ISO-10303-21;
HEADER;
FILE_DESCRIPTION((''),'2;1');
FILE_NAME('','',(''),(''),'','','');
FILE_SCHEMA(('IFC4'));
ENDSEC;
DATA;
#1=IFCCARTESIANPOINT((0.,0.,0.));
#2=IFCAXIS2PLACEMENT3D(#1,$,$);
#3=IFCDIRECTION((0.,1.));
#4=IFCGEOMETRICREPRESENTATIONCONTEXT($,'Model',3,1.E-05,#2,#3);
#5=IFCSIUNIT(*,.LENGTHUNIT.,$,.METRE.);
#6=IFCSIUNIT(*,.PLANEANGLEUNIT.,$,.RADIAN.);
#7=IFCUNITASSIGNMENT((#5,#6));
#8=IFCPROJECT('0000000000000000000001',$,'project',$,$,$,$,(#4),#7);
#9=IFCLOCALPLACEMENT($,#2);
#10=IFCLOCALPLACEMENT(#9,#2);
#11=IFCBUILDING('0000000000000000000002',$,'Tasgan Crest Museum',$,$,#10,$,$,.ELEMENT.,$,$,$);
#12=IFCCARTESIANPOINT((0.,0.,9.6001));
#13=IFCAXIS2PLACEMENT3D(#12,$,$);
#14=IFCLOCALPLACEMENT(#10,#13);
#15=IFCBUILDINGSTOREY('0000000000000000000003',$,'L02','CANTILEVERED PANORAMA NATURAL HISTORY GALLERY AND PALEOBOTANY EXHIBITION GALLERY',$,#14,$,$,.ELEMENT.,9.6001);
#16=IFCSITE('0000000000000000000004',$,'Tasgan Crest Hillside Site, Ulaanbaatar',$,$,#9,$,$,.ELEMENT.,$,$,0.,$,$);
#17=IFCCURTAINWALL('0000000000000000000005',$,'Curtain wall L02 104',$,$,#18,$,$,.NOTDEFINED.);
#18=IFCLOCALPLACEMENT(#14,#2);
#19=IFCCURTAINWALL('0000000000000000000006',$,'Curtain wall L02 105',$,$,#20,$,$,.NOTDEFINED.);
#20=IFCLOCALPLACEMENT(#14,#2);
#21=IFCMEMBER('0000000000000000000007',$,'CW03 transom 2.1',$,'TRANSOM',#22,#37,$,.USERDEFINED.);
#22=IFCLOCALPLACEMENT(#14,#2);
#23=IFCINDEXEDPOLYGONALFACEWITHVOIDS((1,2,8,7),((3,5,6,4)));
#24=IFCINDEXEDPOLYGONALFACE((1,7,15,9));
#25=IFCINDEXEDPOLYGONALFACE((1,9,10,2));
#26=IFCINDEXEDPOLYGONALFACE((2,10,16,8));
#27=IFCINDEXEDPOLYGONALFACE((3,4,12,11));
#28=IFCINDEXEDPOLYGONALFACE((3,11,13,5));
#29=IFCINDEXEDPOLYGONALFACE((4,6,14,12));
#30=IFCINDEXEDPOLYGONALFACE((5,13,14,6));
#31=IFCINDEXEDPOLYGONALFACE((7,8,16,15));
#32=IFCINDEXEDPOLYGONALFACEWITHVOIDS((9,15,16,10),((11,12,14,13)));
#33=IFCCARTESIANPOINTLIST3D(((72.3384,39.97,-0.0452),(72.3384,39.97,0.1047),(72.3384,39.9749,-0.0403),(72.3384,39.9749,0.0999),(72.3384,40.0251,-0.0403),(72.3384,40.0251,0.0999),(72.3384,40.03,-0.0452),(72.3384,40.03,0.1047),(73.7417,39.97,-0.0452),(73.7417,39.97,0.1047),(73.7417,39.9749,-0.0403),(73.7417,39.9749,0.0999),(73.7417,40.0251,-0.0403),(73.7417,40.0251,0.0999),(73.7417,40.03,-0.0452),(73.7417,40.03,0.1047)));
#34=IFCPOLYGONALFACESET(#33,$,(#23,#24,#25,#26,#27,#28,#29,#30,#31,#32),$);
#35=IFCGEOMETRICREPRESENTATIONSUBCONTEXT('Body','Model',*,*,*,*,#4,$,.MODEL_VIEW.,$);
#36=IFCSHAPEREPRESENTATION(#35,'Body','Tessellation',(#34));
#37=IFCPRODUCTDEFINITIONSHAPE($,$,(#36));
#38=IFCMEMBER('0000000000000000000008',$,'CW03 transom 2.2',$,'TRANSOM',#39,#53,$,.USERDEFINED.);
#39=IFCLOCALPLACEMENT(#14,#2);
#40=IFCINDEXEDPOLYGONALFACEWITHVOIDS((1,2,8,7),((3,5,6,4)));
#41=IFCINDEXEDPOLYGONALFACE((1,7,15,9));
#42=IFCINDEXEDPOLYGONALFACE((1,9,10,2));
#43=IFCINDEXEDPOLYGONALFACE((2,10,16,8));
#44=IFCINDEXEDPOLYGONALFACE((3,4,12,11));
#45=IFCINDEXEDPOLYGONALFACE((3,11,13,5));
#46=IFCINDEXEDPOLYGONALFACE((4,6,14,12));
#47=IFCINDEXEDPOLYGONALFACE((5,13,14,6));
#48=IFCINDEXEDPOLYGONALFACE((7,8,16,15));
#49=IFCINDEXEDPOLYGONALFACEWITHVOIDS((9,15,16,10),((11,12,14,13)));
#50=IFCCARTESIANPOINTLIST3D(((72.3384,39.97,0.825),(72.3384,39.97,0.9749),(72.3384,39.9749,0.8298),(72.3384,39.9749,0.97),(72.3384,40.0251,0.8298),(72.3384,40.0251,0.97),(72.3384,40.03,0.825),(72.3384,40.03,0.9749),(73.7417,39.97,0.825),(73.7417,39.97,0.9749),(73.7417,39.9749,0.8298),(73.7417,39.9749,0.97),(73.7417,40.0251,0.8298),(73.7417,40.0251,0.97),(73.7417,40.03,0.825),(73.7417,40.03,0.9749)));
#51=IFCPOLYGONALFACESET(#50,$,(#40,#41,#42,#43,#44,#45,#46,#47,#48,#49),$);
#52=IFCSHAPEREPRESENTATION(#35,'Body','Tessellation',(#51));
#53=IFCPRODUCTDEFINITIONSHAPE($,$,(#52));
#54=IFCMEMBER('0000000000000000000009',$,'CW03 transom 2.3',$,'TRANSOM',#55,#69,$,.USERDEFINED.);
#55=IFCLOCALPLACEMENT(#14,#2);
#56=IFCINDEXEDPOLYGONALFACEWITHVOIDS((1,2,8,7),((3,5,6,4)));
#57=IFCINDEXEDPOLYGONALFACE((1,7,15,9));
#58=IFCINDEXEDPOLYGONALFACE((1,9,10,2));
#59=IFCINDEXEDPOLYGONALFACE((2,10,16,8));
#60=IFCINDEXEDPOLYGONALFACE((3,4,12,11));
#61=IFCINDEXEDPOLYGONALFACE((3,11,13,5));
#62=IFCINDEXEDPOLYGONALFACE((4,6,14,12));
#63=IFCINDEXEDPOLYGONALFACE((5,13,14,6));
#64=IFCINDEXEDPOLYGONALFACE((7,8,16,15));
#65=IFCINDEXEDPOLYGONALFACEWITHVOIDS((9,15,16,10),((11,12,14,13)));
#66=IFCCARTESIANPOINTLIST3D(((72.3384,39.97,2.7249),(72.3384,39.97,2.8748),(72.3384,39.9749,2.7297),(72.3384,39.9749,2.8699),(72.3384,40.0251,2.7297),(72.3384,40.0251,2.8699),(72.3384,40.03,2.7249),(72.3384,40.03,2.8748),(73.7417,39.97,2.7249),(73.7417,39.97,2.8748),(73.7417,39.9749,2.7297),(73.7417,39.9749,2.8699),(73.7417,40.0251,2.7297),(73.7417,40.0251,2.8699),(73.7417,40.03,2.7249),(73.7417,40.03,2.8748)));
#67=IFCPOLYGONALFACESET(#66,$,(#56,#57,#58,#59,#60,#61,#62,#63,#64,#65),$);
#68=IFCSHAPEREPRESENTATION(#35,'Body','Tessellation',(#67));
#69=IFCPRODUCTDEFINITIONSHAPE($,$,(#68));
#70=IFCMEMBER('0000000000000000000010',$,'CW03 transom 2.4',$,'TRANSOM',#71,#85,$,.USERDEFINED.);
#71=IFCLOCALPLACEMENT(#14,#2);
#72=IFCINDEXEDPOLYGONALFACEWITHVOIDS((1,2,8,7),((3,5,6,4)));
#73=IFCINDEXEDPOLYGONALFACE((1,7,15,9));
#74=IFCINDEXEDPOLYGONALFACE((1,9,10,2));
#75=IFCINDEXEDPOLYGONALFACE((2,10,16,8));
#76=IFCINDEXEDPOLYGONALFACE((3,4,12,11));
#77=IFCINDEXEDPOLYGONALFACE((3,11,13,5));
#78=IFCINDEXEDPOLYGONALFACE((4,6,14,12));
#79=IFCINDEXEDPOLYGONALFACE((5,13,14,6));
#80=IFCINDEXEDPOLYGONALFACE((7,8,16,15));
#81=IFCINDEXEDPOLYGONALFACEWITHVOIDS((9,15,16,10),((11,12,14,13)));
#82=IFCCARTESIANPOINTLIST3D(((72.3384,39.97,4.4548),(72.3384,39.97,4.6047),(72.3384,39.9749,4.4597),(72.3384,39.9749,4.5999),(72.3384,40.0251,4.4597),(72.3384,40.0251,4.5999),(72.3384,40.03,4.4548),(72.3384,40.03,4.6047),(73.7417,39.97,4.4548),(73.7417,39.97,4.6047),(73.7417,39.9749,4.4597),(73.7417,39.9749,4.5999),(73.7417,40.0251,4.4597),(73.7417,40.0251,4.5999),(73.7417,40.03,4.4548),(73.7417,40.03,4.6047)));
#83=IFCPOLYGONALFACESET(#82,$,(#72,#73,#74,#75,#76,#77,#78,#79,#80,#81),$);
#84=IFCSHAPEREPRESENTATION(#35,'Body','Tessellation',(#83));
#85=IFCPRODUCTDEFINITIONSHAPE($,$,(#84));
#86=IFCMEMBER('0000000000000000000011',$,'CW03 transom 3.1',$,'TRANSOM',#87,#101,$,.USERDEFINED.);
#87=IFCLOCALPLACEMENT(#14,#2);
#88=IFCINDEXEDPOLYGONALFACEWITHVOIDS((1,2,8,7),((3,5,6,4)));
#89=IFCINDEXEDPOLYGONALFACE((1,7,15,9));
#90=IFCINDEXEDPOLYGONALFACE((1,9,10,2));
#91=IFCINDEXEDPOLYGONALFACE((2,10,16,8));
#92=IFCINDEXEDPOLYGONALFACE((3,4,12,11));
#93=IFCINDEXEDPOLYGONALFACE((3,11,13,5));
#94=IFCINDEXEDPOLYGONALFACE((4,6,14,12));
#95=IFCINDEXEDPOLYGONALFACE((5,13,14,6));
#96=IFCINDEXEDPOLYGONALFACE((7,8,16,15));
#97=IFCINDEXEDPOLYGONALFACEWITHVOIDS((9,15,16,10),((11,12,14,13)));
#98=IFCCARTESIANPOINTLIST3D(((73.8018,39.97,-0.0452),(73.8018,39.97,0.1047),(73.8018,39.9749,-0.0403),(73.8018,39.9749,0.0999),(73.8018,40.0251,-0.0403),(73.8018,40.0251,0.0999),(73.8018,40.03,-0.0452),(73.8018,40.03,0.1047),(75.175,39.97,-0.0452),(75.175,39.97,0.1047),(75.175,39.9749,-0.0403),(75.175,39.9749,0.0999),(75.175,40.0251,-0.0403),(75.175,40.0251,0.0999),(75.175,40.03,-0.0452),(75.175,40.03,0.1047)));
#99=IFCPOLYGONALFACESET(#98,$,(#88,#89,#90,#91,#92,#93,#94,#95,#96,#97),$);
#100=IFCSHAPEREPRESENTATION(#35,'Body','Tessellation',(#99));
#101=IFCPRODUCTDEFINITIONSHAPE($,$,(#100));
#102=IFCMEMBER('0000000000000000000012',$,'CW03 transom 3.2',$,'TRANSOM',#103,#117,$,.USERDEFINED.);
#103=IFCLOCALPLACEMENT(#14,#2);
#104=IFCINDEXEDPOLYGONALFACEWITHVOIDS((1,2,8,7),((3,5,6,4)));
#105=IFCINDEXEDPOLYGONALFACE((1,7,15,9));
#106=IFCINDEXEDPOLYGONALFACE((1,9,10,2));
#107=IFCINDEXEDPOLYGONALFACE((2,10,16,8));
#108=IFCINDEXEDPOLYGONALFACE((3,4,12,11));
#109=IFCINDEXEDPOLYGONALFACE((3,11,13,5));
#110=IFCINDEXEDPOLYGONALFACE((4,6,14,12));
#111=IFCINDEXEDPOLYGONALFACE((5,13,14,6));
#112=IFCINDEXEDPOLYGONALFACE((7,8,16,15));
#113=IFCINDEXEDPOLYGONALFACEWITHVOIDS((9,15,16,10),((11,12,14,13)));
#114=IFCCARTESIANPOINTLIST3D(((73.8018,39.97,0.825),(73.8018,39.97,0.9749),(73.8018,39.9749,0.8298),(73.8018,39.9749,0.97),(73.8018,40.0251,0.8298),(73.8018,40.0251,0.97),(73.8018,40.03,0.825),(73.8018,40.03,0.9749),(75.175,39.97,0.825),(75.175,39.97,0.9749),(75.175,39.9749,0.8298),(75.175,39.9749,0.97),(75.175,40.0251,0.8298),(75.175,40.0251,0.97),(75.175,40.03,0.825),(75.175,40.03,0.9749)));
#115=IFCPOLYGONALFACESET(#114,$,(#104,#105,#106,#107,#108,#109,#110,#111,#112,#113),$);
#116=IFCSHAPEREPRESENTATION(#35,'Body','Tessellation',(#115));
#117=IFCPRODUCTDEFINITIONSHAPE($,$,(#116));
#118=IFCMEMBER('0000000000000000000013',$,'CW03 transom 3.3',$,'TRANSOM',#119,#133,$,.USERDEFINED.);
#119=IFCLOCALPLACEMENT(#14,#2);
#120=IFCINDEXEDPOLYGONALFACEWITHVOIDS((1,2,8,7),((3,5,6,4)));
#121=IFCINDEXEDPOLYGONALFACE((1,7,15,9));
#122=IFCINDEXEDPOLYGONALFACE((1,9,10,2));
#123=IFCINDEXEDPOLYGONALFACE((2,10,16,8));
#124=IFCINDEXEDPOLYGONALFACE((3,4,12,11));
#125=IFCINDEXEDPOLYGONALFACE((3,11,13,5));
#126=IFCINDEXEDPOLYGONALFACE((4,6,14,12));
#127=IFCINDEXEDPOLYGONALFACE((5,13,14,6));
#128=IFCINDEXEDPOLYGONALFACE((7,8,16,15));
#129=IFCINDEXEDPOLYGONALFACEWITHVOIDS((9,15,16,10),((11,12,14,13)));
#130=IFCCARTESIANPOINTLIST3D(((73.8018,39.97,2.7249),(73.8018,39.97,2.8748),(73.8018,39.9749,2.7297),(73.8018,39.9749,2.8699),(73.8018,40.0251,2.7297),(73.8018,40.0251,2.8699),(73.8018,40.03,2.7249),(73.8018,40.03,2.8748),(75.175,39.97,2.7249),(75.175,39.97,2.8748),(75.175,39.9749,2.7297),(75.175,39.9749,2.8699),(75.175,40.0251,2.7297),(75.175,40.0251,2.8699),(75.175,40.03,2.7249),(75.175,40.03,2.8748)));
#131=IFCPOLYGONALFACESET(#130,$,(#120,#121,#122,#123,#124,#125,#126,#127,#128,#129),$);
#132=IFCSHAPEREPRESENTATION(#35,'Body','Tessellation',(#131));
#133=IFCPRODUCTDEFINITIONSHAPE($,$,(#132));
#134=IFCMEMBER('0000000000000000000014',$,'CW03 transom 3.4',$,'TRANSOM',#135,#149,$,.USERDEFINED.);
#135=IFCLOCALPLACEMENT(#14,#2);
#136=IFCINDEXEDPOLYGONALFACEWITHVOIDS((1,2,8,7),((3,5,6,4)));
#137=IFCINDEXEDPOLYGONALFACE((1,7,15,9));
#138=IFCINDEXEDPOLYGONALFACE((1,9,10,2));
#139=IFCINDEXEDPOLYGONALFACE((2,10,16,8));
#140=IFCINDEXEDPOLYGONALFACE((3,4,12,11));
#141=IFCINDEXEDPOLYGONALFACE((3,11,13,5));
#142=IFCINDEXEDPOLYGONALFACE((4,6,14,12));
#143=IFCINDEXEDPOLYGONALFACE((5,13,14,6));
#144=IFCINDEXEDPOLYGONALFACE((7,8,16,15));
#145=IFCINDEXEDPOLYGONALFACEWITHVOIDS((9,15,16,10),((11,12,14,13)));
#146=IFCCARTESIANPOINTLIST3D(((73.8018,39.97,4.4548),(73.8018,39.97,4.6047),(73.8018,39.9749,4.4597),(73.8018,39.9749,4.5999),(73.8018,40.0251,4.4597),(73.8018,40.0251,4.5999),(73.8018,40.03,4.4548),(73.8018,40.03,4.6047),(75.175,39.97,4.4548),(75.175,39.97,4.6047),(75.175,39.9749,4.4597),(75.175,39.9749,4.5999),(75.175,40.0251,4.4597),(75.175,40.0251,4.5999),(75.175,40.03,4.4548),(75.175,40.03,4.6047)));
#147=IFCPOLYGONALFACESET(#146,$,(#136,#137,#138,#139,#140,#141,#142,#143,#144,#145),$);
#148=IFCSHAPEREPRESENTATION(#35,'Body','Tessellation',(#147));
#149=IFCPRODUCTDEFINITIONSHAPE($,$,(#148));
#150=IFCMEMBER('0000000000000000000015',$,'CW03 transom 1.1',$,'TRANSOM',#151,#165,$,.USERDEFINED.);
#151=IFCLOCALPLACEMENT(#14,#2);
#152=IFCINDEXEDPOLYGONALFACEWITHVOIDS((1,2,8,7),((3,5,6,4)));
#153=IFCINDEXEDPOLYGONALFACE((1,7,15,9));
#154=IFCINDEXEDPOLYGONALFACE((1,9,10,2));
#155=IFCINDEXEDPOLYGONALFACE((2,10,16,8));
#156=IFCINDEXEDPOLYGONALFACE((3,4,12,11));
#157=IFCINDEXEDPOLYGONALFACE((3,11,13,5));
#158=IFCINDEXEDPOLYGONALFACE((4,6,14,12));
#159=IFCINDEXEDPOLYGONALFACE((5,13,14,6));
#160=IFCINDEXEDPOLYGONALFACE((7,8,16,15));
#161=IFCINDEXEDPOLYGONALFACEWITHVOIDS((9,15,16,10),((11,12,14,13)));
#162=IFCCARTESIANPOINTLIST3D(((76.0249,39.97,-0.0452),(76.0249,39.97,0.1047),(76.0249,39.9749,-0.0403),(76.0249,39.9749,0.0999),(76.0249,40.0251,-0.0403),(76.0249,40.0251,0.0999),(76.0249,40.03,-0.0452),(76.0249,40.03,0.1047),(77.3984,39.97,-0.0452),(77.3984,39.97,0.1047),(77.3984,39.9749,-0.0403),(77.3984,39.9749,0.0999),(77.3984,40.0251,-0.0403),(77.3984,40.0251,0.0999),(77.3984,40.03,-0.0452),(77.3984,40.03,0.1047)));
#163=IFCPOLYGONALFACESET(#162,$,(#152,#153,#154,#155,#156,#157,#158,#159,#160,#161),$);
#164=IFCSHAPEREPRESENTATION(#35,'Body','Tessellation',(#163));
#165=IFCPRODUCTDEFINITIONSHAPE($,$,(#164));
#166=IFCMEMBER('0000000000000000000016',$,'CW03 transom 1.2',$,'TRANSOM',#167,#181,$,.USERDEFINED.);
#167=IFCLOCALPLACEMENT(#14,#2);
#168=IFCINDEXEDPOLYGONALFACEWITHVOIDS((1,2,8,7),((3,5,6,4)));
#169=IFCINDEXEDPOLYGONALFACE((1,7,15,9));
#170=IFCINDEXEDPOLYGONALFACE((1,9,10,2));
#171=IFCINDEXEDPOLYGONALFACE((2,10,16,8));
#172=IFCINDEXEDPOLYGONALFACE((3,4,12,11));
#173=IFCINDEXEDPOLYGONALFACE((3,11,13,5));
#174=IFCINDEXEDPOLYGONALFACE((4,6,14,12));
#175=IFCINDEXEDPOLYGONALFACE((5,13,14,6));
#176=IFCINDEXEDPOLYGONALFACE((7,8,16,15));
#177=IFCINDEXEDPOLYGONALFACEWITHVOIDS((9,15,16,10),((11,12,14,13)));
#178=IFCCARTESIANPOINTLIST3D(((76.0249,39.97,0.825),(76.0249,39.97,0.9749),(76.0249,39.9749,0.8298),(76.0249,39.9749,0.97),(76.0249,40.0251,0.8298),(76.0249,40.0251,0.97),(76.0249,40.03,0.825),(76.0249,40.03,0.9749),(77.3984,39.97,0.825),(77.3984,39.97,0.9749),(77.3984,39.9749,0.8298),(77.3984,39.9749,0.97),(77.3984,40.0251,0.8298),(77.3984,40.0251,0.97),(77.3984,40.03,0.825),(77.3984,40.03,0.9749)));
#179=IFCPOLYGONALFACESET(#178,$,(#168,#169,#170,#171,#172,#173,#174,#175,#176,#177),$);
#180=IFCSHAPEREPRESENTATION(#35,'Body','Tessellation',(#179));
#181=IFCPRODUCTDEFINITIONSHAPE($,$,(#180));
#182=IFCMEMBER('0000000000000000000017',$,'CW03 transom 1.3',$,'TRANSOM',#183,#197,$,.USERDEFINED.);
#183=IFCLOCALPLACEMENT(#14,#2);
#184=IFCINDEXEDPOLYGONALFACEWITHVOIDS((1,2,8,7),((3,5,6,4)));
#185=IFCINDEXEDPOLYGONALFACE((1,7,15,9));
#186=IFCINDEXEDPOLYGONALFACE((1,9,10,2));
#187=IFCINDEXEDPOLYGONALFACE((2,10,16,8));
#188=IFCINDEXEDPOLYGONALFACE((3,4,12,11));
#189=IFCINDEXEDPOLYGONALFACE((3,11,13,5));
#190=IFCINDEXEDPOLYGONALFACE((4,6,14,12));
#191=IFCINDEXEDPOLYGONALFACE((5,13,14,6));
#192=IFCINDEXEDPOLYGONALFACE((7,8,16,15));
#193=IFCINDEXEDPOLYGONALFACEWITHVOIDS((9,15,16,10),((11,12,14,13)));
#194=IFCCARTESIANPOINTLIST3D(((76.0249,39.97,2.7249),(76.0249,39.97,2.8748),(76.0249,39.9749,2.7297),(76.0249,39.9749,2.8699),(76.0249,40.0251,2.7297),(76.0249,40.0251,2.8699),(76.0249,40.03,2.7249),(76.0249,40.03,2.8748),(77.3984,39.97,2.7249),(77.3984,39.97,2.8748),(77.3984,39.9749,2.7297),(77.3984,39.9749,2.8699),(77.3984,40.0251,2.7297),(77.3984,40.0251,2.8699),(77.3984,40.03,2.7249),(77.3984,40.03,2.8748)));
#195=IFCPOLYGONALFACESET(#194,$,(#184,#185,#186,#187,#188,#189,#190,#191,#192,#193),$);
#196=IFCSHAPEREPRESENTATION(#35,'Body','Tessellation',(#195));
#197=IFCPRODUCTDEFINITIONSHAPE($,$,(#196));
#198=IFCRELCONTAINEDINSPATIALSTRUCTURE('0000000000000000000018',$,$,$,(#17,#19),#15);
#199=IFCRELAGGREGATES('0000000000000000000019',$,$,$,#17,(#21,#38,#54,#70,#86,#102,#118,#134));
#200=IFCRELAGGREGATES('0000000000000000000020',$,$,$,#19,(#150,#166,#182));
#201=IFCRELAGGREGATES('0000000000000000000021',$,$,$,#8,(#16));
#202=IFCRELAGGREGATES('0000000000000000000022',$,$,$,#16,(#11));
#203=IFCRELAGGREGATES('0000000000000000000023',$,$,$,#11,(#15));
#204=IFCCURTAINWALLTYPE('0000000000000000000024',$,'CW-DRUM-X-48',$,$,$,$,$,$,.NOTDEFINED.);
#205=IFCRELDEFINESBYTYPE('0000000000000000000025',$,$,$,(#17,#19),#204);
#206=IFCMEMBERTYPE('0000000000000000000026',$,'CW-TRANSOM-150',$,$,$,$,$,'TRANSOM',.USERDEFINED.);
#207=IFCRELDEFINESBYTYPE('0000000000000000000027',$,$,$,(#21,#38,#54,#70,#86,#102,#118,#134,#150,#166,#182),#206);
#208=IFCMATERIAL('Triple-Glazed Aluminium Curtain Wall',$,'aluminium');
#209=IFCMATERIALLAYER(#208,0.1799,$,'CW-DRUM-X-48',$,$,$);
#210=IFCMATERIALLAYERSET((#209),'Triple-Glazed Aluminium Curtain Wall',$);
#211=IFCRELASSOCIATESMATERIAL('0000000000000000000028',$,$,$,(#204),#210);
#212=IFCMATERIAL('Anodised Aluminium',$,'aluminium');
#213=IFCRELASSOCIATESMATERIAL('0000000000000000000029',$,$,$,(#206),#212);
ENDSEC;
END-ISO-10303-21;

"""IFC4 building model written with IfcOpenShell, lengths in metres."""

from ifc_helpers import new_model, si_unit, direction, frame, origin, origin_2d, place, context, subcontext, project, spatial, hollow_rectangle, extrude, material, layer, layer_set, material_profile, profile_set, type_object, element, aggregate, save


model = new_model("IFC4")

# Units and contexts
model_context = context("Model", 3, precision=1e-05, world=origin(), true_north=direction((0.0, 1.0)))
body_context = subcontext(model_context, "Body", "Model", "MODEL_VIEW")
ifc_project = project(units=[si_unit("LENGTHUNIT", "METRE"), si_unit("PLANEANGLEUNIT", "RADIAN")], contexts=[model_context])

# Site, building, storey
site_placement = place(None, origin())
site = spatial("IfcSite", under=ifc_project, at=site_placement, Name="Tasgan Crest Hillside Site, Ulaanbaatar", CompositionType="ELEMENT", RefElevation=0.0)
building_placement = place(site_placement, origin())
building = spatial("IfcBuilding", under=site, at=building_placement, Name="Tasgan Crest Museum", CompositionType="ELEMENT")
storey_placement = place(building_placement, frame((0.0, 0.0, 9.6001)))
storey = spatial("IfcBuildingStorey", under=building, at=storey_placement, Name="L02", Description="CANTILEVERED PANORAMA NATURAL HISTORY GALLERY AND PALEOBOTANY EXHIBITION GALLERY", CompositionType="ELEMENT", Elevation=9.6001)

# Curtain walls
ifc_material_1 = material(Name="Triple-Glazed Aluminium Curtain Wall", Category="aluminium")
ifc_layer_1 = layer(ifc_material_1, 0.1799, Name="CW-DRUM-X-48")
ifc_layer_set_1 = layer_set([ifc_layer_1], Name="Triple-Glazed Aluminium Curtain Wall")
curtain_wall_type = type_object("IfcCurtainWallType", Name="CW-DRUM-X-48", PredefinedType="NOTDEFINED", material=ifc_layer_set_1)
curtain_wall_1_placement = place(storey_placement, origin())
curtain_wall_1 = element("IfcCurtainWall", 1, at=curtain_wall_1_placement, inside=storey, type_object=curtain_wall_type, Name="Curtain wall L02 104", PredefinedType="NOTDEFINED")
curtain_wall_2_placement = place(storey_placement, origin())
curtain_wall_2 = element("IfcCurtainWall", 2, at=curtain_wall_2_placement, inside=storey, type_object=curtain_wall_type, Name="Curtain wall L02 105", PredefinedType="NOTDEFINED")

# Members
ifc_material_2 = material(Name="Anodised Aluminium", Category="aluminium")
ifc_material_profile_1 = material_profile(ifc_material_2, hollow_rectangle(XDim=0.0601, YDim=0.1499, WallThickness=0.0049, at=origin_2d()), Name="ALU TRANSOM 150x60x5")
ifc_profile_set_1 = profile_set([ifc_material_profile_1], Name="Anodised Aluminium")
member_type_1 = type_object("IfcMemberType", Name="CW-TRANSOM-150", ElementType="TRANSOM", PredefinedType="USERDEFINED", material=ifc_profile_set_1)
member_1_placement = place(storey_placement, frame((72.3384, 40.0, 0.0298), z_axis=(1.0, 0.0, 0.0), x_axis=(0.0, 1.0, 0.0)))
member_1 = element("IfcMember", 3, at=member_1_placement, type_object=member_type_1, Name="CW03 transom 2.1", ObjectType="TRANSOM", PredefinedType="USERDEFINED", context=body_context, shape_type="SweptSolid", body=[
    extrude(hollow_rectangle(XDim=0.0601, YDim=0.1499, WallThickness=0.0049, at=origin_2d()), origin(), (0.0, 0.0, 1.0), 1.4033),
])
member_2_placement = place(storey_placement, frame((72.3384, 40.0, 0.8999), z_axis=(1.0, 0.0, 0.0), x_axis=(0.0, 1.0, 0.0)))
member_2 = element("IfcMember", 4, at=member_2_placement, type_object=member_type_1, Name="CW03 transom 2.2", ObjectType="TRANSOM", PredefinedType="USERDEFINED", context=body_context, shape_type="SweptSolid", body=[
    extrude(hollow_rectangle(XDim=0.0601, YDim=0.1499, WallThickness=0.0049, at=origin_2d()), origin(), (0.0, 0.0, 1.0), 1.4033),
])
member_3_placement = place(storey_placement, frame((72.3384, 40.0, 2.7998), z_axis=(1.0, 0.0, 0.0), x_axis=(0.0, 1.0, 0.0)))
member_3 = element("IfcMember", 5, at=member_3_placement, type_object=member_type_1, Name="CW03 transom 2.3", ObjectType="TRANSOM", PredefinedType="USERDEFINED", context=body_context, shape_type="SweptSolid", body=[
    extrude(hollow_rectangle(XDim=0.0601, YDim=0.1499, WallThickness=0.0049, at=origin_2d()), origin(), (0.0, 0.0, 1.0), 1.4033),
])
member_4_placement = place(storey_placement, frame((72.3384, 40.0, 4.5298), z_axis=(1.0, 0.0, 0.0), x_axis=(0.0, 1.0, 0.0)))
member_4 = element("IfcMember", 6, at=member_4_placement, type_object=member_type_1, Name="CW03 transom 2.4", ObjectType="TRANSOM", PredefinedType="USERDEFINED", context=body_context, shape_type="SweptSolid", body=[
    extrude(hollow_rectangle(XDim=0.0601, YDim=0.1499, WallThickness=0.0049, at=origin_2d()), origin(), (0.0, 0.0, 1.0), 1.4033),
])
member_5_placement = place(storey_placement, frame((73.8018, 40.0, 0.0298), z_axis=(1.0, 0.0, 0.0), x_axis=(0.0, 1.0, 0.0)))
member_5 = element("IfcMember", 7, at=member_5_placement, type_object=member_type_1, Name="CW03 transom 3.1", ObjectType="TRANSOM", PredefinedType="USERDEFINED", context=body_context, shape_type="SweptSolid", body=[
    extrude(hollow_rectangle(XDim=0.0601, YDim=0.1499, WallThickness=0.0049, at=origin_2d()), origin(), (0.0, 0.0, 1.0), 1.3733),
])
member_6_placement = place(storey_placement, frame((73.8018, 40.0, 0.8999), z_axis=(1.0, 0.0, 0.0), x_axis=(0.0, 1.0, 0.0)))
member_6 = element("IfcMember", 8, at=member_6_placement, type_object=member_type_1, Name="CW03 transom 3.2", ObjectType="TRANSOM", PredefinedType="USERDEFINED", context=body_context, shape_type="SweptSolid", body=[
    extrude(hollow_rectangle(XDim=0.0601, YDim=0.1499, WallThickness=0.0049, at=origin_2d()), origin(), (0.0, 0.0, 1.0), 1.3733),
])
member_7_placement = place(storey_placement, frame((73.8018, 40.0, 2.7998), z_axis=(1.0, 0.0, 0.0), x_axis=(0.0, 1.0, 0.0)))
member_7 = element("IfcMember", 9, at=member_7_placement, type_object=member_type_1, Name="CW03 transom 3.3", ObjectType="TRANSOM", PredefinedType="USERDEFINED", context=body_context, shape_type="SweptSolid", body=[
    extrude(hollow_rectangle(XDim=0.0601, YDim=0.1499, WallThickness=0.0049, at=origin_2d()), origin(), (0.0, 0.0, 1.0), 1.3733),
])
member_8_placement = place(storey_placement, frame((73.8018, 40.0, 4.5298), z_axis=(1.0, 0.0, 0.0), x_axis=(0.0, 1.0, 0.0)))
member_8 = element("IfcMember", 10, at=member_8_placement, type_object=member_type_1, Name="CW03 transom 3.4", ObjectType="TRANSOM", PredefinedType="USERDEFINED", context=body_context, shape_type="SweptSolid", body=[
    extrude(hollow_rectangle(XDim=0.0601, YDim=0.1499, WallThickness=0.0049, at=origin_2d()), origin(), (0.0, 0.0, 1.0), 1.3733),
])
member_9_placement = place(storey_placement, frame((76.0249, 40.0, 0.0298), z_axis=(1.0, 0.0, 0.0), x_axis=(0.0, 1.0, 0.0)))
member_9 = element("IfcMember", 11, at=member_9_placement, type_object=member_type_1, Name="CW03 transom 1.1", ObjectType="TRANSOM", PredefinedType="USERDEFINED", context=body_context, shape_type="SweptSolid", body=[
    extrude(hollow_rectangle(XDim=0.0601, YDim=0.1499, WallThickness=0.0049, at=origin_2d()), origin(), (0.0, 0.0, 1.0), 1.3735),
])
member_10_placement = place(storey_placement, frame((76.0249, 40.0, 0.8999), z_axis=(1.0, 0.0, 0.0), x_axis=(0.0, 1.0, 0.0)))
member_10 = element("IfcMember", 12, at=member_10_placement, type_object=member_type_1, Name="CW03 transom 1.2", ObjectType="TRANSOM", PredefinedType="USERDEFINED", context=body_context, shape_type="SweptSolid", body=[
    extrude(hollow_rectangle(XDim=0.0601, YDim=0.1499, WallThickness=0.0049, at=origin_2d()), origin(), (0.0, 0.0, 1.0), 1.3735),
])
member_11_placement = place(storey_placement, frame((76.0249, 40.0, 2.7998), z_axis=(1.0, 0.0, 0.0), x_axis=(0.0, 1.0, 0.0)))
member_11 = element("IfcMember", 13, at=member_11_placement, type_object=member_type_1, Name="CW03 transom 1.3", ObjectType="TRANSOM", PredefinedType="USERDEFINED", context=body_context, shape_type="SweptSolid", body=[
    extrude(hollow_rectangle(XDim=0.0601, YDim=0.1499, WallThickness=0.0049, at=origin_2d()), origin(), (0.0, 0.0, 1.0), 1.3735),
])

aggregate(curtain_wall_1, [member_1, member_2, member_3, member_4, member_5, member_6, member_7, member_8])
aggregate(curtain_wall_2, [member_9, member_10, member_11])

save(model, "model.ifc")
